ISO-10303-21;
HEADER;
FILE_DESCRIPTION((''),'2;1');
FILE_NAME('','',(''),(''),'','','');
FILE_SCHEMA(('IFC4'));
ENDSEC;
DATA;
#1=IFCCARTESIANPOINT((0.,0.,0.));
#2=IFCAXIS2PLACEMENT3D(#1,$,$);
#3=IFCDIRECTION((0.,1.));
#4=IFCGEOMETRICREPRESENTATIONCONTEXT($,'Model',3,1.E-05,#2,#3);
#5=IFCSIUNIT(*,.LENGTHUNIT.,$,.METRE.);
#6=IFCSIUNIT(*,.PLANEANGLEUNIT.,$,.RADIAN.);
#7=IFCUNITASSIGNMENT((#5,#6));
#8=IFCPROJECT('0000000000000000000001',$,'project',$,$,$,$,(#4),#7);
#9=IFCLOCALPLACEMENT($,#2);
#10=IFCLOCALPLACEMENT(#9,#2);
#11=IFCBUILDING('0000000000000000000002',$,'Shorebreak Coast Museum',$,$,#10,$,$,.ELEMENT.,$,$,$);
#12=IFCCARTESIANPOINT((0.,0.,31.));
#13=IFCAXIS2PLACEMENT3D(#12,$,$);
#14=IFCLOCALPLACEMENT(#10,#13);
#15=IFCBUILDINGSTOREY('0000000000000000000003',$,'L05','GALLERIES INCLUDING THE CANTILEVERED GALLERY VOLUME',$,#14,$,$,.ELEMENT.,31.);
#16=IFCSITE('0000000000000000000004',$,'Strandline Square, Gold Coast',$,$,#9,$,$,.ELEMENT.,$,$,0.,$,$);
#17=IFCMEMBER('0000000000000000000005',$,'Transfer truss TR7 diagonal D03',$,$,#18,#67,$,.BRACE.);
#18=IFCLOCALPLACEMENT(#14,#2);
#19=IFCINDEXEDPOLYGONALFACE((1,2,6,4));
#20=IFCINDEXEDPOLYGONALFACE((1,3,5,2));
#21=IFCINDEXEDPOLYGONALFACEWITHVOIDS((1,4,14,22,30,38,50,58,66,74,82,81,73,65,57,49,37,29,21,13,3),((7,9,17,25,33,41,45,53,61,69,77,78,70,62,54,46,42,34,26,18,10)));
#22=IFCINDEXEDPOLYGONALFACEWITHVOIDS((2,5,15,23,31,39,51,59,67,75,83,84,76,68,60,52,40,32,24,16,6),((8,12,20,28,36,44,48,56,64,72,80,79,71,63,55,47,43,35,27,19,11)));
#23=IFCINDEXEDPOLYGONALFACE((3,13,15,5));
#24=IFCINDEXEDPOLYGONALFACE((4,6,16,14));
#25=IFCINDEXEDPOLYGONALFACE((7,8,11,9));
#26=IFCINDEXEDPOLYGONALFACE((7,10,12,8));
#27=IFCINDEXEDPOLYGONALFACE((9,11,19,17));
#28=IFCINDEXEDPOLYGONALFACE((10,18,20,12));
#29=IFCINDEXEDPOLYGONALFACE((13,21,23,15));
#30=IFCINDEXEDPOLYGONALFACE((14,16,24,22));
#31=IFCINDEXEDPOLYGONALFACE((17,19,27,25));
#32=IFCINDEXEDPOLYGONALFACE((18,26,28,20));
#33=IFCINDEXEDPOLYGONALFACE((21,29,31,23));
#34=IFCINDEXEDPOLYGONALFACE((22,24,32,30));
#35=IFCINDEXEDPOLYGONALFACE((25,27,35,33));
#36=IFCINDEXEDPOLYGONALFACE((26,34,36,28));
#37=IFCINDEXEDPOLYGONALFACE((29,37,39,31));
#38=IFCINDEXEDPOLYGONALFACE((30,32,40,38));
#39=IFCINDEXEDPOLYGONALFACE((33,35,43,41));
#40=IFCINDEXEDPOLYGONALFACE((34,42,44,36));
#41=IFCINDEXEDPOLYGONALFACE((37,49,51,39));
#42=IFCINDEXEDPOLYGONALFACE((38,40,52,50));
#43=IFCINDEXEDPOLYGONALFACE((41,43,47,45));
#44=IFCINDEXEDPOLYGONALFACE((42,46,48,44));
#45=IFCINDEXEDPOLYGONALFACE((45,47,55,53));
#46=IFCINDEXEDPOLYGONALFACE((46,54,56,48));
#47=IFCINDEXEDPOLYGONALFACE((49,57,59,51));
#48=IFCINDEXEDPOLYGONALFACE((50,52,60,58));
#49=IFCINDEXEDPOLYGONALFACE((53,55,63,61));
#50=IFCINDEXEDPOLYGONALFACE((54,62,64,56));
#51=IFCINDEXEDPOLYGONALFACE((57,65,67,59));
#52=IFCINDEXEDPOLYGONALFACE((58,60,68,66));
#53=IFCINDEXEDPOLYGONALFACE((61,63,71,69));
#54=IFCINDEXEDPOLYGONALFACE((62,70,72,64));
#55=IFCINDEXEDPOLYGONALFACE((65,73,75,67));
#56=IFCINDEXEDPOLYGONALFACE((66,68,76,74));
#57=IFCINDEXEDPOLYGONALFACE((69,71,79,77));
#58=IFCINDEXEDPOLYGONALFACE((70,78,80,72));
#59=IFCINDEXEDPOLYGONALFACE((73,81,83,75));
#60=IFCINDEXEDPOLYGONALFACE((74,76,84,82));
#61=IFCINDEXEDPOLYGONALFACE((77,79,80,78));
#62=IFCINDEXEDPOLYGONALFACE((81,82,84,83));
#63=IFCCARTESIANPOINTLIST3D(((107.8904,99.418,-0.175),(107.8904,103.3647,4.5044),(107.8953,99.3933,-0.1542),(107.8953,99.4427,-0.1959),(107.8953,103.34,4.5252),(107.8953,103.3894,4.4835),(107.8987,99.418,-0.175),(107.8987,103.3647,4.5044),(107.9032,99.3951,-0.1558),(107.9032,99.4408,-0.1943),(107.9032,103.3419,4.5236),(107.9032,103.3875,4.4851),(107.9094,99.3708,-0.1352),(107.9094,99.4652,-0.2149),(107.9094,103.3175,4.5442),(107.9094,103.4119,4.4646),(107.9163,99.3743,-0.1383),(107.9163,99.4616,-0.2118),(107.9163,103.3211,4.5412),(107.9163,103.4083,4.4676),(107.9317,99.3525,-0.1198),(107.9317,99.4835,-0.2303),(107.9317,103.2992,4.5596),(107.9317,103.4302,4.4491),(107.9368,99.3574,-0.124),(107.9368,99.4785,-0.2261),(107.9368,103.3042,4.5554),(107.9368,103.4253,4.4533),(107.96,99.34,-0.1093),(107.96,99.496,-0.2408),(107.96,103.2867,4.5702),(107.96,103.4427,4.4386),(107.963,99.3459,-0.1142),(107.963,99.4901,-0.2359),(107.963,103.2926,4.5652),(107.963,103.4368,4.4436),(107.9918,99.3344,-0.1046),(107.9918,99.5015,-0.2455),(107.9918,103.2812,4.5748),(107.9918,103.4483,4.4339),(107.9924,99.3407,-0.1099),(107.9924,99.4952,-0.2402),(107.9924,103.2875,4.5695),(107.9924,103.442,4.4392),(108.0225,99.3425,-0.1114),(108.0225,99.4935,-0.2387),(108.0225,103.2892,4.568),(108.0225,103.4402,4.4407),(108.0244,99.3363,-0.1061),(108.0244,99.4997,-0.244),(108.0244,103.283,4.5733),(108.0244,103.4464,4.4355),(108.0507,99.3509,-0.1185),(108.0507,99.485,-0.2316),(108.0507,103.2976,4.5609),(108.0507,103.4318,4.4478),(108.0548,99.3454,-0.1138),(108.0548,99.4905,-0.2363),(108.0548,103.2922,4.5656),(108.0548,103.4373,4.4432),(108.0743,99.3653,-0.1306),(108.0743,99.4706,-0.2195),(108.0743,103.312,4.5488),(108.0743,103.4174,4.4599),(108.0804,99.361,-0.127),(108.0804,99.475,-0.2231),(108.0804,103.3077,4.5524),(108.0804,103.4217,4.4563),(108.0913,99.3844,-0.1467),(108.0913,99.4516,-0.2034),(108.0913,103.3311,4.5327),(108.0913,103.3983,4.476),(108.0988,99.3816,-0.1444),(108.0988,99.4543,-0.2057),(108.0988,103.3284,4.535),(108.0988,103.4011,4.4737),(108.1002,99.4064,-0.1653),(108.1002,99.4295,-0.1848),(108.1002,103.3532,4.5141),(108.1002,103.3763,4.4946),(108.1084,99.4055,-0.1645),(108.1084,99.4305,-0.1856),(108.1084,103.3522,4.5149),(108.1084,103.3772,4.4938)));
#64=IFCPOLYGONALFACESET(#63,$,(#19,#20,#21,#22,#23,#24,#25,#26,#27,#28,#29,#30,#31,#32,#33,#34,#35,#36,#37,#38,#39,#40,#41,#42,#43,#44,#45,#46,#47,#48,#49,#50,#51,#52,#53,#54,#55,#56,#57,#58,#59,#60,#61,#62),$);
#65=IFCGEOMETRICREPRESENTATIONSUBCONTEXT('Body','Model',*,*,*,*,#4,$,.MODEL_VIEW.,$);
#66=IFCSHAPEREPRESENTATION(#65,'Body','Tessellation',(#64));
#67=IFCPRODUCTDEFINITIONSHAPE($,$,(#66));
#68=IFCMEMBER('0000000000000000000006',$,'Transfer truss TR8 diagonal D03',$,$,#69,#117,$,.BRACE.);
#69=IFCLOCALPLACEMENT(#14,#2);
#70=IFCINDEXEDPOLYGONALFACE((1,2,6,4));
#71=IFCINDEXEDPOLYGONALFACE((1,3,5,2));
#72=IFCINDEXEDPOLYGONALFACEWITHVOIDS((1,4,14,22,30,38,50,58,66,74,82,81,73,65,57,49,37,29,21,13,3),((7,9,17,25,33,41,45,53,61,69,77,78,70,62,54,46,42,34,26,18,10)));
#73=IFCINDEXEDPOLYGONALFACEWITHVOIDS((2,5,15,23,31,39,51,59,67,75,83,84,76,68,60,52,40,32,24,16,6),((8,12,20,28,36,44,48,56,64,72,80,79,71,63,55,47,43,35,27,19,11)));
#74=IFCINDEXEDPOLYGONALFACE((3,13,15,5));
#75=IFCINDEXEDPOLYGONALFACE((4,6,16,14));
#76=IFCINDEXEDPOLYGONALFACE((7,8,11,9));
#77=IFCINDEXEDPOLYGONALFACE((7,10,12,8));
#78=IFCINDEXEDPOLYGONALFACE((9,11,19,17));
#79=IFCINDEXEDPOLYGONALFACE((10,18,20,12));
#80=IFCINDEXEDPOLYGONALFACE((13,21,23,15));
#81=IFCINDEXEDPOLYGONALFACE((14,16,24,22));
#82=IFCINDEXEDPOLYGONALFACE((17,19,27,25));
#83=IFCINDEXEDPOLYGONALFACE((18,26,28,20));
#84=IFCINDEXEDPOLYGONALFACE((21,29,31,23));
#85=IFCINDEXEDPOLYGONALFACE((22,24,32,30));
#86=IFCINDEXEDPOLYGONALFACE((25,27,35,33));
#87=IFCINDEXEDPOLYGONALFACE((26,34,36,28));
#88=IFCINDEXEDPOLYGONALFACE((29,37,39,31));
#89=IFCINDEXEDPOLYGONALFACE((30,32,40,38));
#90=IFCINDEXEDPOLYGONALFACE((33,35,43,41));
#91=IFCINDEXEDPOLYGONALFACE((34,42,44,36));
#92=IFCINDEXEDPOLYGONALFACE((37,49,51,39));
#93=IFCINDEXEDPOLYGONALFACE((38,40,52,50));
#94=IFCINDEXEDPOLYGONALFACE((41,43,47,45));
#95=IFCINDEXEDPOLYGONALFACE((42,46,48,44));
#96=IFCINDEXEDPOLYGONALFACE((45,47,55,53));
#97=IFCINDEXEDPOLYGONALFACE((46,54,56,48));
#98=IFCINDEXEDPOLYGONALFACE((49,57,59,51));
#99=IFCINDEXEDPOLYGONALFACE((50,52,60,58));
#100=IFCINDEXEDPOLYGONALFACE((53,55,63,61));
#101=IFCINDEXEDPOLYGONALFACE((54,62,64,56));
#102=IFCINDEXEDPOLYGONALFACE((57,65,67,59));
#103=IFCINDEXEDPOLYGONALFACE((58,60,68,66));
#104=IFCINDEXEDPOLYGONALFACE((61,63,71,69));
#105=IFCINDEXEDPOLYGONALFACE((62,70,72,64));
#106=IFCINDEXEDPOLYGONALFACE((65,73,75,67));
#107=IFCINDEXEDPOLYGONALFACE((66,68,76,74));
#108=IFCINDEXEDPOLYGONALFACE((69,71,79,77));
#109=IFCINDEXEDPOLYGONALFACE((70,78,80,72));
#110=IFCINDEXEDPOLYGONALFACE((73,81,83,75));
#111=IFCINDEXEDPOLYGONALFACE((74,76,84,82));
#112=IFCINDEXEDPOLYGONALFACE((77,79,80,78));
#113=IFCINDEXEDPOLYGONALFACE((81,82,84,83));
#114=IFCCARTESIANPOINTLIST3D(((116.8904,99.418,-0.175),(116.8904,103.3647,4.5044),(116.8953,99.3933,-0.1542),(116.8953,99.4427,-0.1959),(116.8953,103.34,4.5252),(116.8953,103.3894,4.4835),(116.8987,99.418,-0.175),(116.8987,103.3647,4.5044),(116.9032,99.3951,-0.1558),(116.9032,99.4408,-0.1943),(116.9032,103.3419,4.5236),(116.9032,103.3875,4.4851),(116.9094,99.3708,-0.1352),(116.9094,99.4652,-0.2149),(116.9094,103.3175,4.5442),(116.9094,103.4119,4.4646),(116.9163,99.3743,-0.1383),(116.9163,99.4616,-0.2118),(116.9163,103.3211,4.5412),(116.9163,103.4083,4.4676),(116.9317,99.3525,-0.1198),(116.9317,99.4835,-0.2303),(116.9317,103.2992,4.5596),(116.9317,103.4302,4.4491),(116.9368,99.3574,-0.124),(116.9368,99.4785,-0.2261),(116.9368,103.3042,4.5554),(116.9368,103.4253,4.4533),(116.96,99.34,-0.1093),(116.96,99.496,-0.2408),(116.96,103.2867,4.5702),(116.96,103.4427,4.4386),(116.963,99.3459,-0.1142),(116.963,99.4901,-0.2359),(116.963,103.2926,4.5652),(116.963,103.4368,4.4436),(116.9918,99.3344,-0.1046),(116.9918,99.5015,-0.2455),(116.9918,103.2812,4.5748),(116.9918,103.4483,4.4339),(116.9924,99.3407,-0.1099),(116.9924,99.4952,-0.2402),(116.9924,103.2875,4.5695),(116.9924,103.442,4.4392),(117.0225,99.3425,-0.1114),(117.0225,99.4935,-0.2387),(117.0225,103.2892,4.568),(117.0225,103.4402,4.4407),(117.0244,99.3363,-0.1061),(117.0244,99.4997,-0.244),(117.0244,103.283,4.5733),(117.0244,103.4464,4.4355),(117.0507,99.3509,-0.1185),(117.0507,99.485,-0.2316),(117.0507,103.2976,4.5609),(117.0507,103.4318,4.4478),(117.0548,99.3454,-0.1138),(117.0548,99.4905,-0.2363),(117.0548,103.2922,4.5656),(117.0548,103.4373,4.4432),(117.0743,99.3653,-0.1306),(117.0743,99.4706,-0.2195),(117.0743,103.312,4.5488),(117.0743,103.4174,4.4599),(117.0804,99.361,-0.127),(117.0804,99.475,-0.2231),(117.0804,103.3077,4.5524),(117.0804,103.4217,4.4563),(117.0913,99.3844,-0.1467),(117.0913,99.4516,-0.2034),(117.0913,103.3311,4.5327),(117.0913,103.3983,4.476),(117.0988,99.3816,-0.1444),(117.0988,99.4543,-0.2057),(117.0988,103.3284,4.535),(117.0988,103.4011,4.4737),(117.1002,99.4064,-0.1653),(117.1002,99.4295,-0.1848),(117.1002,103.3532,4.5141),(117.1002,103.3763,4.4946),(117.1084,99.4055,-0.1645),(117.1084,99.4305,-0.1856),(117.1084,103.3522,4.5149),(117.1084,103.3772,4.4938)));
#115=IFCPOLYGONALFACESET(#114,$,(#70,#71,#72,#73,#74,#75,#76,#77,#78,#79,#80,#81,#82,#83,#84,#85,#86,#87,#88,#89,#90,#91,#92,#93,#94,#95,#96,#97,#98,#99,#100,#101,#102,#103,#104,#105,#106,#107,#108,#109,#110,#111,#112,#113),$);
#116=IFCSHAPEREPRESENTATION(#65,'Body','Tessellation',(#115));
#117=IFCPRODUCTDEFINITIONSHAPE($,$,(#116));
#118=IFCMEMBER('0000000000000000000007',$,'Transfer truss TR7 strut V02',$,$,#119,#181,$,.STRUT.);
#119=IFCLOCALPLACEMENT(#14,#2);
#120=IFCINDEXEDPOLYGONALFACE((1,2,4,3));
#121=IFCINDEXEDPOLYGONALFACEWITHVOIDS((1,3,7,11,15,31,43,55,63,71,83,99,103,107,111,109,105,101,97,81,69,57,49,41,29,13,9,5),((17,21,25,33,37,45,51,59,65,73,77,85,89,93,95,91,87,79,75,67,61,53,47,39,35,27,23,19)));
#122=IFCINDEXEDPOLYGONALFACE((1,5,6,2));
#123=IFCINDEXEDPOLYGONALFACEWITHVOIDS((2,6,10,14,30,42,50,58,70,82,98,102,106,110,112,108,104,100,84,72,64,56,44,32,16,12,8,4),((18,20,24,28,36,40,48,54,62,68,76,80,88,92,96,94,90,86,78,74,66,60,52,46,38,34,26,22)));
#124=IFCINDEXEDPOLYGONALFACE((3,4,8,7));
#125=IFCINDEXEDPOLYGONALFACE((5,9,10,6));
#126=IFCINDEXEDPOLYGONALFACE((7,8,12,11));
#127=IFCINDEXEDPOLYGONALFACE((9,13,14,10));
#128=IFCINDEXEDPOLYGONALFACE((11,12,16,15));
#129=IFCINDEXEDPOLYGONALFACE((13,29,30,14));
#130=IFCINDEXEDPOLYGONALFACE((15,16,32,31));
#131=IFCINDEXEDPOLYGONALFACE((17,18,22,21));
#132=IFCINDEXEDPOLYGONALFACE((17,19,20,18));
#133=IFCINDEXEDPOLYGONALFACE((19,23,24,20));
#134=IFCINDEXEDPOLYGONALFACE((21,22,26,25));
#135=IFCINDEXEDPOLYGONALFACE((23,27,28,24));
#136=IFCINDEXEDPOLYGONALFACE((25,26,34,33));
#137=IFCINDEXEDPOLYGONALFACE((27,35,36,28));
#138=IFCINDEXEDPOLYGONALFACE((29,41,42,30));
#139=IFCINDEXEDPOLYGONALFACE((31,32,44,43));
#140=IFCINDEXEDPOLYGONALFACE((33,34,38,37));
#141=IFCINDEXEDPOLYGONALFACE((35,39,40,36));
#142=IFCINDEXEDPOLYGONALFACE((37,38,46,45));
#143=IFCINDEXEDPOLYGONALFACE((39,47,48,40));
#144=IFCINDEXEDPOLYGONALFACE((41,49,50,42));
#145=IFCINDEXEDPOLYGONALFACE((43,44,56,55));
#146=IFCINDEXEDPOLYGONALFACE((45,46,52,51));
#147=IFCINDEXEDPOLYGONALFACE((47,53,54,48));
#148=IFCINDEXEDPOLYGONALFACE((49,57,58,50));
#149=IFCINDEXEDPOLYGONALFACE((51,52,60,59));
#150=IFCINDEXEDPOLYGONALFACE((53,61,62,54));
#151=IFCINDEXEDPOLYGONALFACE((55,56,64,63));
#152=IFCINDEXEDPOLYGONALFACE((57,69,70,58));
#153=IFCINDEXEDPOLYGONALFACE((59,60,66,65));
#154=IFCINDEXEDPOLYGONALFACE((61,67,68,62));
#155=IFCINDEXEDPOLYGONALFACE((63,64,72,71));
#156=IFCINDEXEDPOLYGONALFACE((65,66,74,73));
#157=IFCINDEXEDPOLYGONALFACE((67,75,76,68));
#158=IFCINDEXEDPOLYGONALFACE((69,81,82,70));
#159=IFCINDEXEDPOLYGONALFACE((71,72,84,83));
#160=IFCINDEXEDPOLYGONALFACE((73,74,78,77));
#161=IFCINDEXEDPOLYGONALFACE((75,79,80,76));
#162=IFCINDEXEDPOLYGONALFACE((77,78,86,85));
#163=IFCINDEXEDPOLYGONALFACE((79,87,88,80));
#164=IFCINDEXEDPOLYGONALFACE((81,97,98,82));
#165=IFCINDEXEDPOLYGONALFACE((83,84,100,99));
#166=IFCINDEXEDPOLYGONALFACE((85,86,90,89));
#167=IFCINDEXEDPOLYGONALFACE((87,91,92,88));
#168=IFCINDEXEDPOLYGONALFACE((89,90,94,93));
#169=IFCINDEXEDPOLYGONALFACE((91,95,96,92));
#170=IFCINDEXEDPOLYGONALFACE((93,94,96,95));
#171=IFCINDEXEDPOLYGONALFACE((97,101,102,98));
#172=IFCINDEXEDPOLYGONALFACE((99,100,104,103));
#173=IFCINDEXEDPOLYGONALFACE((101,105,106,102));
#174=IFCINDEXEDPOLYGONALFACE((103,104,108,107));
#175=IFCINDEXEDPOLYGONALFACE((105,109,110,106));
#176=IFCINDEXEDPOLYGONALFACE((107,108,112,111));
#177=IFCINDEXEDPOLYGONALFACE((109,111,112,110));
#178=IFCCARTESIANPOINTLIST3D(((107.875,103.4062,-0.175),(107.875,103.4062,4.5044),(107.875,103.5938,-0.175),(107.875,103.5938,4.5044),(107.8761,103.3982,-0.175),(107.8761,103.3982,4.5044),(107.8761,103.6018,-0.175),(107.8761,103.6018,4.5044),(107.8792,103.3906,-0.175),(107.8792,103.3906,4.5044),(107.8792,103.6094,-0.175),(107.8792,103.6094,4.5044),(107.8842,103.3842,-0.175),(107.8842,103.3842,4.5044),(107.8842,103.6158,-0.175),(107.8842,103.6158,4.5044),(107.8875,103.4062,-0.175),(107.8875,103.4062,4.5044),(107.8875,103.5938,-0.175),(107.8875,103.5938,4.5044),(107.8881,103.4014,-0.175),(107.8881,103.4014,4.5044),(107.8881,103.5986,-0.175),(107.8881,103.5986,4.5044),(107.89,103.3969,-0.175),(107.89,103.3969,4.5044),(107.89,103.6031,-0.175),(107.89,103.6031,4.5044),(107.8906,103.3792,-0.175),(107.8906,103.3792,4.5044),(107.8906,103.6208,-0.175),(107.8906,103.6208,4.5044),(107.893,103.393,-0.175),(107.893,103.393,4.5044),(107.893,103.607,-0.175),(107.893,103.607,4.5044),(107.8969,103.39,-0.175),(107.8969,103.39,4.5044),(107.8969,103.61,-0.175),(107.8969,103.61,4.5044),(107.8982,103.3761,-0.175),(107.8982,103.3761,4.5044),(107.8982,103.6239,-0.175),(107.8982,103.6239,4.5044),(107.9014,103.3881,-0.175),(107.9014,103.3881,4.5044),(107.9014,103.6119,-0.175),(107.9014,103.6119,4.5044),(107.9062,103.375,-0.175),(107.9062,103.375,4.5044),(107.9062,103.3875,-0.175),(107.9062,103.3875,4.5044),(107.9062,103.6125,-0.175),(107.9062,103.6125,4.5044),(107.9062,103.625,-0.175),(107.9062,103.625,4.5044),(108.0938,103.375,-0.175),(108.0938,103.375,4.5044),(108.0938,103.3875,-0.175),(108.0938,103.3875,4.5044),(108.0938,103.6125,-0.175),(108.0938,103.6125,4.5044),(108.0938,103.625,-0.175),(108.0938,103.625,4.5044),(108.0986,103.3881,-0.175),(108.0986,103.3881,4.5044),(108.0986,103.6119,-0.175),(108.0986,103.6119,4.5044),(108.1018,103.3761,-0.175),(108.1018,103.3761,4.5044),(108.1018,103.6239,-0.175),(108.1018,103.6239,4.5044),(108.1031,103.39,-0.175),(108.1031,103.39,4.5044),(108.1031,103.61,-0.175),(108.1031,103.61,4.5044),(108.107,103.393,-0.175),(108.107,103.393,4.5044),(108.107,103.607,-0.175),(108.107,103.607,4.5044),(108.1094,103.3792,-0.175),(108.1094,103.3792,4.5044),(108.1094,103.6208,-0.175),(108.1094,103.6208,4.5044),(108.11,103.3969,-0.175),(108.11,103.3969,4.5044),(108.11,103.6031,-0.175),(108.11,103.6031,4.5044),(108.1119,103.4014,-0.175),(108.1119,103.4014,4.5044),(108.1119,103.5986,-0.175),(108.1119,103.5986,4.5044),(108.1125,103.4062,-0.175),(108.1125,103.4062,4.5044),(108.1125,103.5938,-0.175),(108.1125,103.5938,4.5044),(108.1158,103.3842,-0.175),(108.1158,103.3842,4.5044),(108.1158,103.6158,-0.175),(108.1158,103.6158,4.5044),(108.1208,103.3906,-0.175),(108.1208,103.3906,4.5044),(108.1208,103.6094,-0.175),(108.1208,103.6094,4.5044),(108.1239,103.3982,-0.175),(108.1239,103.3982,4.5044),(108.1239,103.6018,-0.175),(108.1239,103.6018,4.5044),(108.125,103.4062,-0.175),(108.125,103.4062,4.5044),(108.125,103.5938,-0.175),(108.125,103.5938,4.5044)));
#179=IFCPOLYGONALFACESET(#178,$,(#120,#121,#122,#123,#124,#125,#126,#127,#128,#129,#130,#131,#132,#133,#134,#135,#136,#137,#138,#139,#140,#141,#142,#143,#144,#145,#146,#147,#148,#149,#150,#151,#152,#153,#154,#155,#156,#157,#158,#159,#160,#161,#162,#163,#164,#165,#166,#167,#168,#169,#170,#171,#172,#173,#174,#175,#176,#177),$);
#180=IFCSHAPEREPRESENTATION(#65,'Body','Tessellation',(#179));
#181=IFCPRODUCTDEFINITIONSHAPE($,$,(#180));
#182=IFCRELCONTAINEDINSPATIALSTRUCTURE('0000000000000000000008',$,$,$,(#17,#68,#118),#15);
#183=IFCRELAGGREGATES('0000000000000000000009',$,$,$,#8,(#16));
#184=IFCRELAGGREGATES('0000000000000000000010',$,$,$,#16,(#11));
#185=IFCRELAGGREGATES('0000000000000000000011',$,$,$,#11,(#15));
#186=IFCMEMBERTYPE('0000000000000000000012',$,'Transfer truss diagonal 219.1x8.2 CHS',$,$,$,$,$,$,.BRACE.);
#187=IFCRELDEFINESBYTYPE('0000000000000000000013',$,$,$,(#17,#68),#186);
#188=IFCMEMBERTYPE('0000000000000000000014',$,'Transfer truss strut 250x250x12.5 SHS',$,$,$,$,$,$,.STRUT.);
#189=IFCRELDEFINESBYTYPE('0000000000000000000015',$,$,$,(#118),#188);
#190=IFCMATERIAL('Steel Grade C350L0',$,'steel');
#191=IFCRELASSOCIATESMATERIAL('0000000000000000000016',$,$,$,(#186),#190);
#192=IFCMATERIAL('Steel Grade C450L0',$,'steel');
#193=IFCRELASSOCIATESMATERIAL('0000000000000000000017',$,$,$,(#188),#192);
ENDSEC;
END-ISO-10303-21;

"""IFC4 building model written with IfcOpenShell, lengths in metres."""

from ifc_helpers import new_model, si_unit, direction, frame, origin, origin_2d, place, context, subcontext, project, spatial, hollow_rectangle, hollow_circle, extrude, material, material_profile, profile_set, type_object, element, save


model = new_model("IFC4")

# Units and contexts
model_context = context("Model", 3, precision=1e-05, world=origin(), true_north=direction((0.0, 1.0)))
body_context = subcontext(model_context, "Body", "Model", "MODEL_VIEW")
ifc_project = project(units=[si_unit("LENGTHUNIT", "METRE"), si_unit("PLANEANGLEUNIT", "RADIAN")], contexts=[model_context])

# Site, building, storey
site_placement = place(None, origin())
site = spatial("IfcSite", under=ifc_project, at=site_placement, Name="Strandline Square, Gold Coast", CompositionType="ELEMENT", RefElevation=0.0)
building_placement = place(site_placement, origin())
building = spatial("IfcBuilding", under=site, at=building_placement, Name="Shorebreak Coast Museum", CompositionType="ELEMENT")
storey_placement = place(building_placement, frame((0.0, 0.0, 31.0)))
storey = spatial("IfcBuildingStorey", under=building, at=storey_placement, Name="L05", Description="GALLERIES INCLUDING THE CANTILEVERED GALLERY VOLUME", CompositionType="ELEMENT", Elevation=31.0)

# Members
ifc_material_1 = material(Name="Steel Grade C350L0", Category="steel")
ifc_material_profile_1 = material_profile(ifc_material_1, hollow_circle(Radius=0.1096, WallThickness=0.0083, at=origin_2d()), Name="219.1x8.2 CHS")
ifc_profile_set_1 = profile_set([ifc_material_profile_1], Name="Steel Grade C350L0")
member_type_1 = type_object("IfcMemberType", Name="Transfer truss diagonal 219.1x8.2 CHS", PredefinedType="BRACE", material=ifc_profile_set_1)
for number, where, z_axis, x_axis, name in (
    (1, (108.0, 99.418, -0.175), (0.0, 0.644728, 0.764412), (-1.0, 0.0, 0.0), "Transfer truss TR7 diagonal D03"),
    (2, (117.0, 99.418, -0.175), (0.0, 0.644728, 0.764412), (-1.0, 0.0, 0.0), "Transfer truss TR8 diagonal D03"),
):
    element("IfcMember", number, at=place(storey_placement, frame(where, z_axis=z_axis, x_axis=x_axis)), inside=storey, type_object=member_type_1, Name=name, PredefinedType="BRACE", context=body_context, shape_type="SweptSolid", body=[
        extrude(hollow_circle(Radius=0.1096, WallThickness=0.0083, at=origin_2d()), origin(), (0.0, 0.0, 1.0), 6.1216),
    ])
ifc_material_2 = material(Name="Steel Grade C450L0", Category="steel")
ifc_material_profile_2 = material_profile(ifc_material_2, hollow_rectangle(XDim=0.25, YDim=0.25, WallThickness=0.0125, InnerFilletRadius=0.0188, OuterFilletRadius=0.0312, at=origin_2d()), Name="250x250x12.5 SHS")
ifc_profile_set_2 = profile_set([ifc_material_profile_2], Name="Steel Grade C450L0")
member_type_2 = type_object("IfcMemberType", Name="Transfer truss strut 250x250x12.5 SHS", PredefinedType="STRUT", material=ifc_profile_set_2)
for number, where, z_axis, x_axis, name in (
    (3, (108.0, 103.5, -0.175), (0.0, 0.0, 1.0), (1.0, 0.0, 0.0), "Transfer truss TR7 strut V02"),
):
    element("IfcMember", number, at=place(storey_placement, frame(where, z_axis=z_axis, x_axis=x_axis)), inside=storey, type_object=member_type_2, Name=name, PredefinedType="STRUT", context=body_context, shape_type="SweptSolid", body=[
        extrude(hollow_rectangle(XDim=0.25, YDim=0.25, WallThickness=0.0125, InnerFilletRadius=0.0188, OuterFilletRadius=0.0312, at=origin_2d()), origin(), (0.0, 0.0, 1.0), 4.6794),
    ])

save(model, "model.ifc")
